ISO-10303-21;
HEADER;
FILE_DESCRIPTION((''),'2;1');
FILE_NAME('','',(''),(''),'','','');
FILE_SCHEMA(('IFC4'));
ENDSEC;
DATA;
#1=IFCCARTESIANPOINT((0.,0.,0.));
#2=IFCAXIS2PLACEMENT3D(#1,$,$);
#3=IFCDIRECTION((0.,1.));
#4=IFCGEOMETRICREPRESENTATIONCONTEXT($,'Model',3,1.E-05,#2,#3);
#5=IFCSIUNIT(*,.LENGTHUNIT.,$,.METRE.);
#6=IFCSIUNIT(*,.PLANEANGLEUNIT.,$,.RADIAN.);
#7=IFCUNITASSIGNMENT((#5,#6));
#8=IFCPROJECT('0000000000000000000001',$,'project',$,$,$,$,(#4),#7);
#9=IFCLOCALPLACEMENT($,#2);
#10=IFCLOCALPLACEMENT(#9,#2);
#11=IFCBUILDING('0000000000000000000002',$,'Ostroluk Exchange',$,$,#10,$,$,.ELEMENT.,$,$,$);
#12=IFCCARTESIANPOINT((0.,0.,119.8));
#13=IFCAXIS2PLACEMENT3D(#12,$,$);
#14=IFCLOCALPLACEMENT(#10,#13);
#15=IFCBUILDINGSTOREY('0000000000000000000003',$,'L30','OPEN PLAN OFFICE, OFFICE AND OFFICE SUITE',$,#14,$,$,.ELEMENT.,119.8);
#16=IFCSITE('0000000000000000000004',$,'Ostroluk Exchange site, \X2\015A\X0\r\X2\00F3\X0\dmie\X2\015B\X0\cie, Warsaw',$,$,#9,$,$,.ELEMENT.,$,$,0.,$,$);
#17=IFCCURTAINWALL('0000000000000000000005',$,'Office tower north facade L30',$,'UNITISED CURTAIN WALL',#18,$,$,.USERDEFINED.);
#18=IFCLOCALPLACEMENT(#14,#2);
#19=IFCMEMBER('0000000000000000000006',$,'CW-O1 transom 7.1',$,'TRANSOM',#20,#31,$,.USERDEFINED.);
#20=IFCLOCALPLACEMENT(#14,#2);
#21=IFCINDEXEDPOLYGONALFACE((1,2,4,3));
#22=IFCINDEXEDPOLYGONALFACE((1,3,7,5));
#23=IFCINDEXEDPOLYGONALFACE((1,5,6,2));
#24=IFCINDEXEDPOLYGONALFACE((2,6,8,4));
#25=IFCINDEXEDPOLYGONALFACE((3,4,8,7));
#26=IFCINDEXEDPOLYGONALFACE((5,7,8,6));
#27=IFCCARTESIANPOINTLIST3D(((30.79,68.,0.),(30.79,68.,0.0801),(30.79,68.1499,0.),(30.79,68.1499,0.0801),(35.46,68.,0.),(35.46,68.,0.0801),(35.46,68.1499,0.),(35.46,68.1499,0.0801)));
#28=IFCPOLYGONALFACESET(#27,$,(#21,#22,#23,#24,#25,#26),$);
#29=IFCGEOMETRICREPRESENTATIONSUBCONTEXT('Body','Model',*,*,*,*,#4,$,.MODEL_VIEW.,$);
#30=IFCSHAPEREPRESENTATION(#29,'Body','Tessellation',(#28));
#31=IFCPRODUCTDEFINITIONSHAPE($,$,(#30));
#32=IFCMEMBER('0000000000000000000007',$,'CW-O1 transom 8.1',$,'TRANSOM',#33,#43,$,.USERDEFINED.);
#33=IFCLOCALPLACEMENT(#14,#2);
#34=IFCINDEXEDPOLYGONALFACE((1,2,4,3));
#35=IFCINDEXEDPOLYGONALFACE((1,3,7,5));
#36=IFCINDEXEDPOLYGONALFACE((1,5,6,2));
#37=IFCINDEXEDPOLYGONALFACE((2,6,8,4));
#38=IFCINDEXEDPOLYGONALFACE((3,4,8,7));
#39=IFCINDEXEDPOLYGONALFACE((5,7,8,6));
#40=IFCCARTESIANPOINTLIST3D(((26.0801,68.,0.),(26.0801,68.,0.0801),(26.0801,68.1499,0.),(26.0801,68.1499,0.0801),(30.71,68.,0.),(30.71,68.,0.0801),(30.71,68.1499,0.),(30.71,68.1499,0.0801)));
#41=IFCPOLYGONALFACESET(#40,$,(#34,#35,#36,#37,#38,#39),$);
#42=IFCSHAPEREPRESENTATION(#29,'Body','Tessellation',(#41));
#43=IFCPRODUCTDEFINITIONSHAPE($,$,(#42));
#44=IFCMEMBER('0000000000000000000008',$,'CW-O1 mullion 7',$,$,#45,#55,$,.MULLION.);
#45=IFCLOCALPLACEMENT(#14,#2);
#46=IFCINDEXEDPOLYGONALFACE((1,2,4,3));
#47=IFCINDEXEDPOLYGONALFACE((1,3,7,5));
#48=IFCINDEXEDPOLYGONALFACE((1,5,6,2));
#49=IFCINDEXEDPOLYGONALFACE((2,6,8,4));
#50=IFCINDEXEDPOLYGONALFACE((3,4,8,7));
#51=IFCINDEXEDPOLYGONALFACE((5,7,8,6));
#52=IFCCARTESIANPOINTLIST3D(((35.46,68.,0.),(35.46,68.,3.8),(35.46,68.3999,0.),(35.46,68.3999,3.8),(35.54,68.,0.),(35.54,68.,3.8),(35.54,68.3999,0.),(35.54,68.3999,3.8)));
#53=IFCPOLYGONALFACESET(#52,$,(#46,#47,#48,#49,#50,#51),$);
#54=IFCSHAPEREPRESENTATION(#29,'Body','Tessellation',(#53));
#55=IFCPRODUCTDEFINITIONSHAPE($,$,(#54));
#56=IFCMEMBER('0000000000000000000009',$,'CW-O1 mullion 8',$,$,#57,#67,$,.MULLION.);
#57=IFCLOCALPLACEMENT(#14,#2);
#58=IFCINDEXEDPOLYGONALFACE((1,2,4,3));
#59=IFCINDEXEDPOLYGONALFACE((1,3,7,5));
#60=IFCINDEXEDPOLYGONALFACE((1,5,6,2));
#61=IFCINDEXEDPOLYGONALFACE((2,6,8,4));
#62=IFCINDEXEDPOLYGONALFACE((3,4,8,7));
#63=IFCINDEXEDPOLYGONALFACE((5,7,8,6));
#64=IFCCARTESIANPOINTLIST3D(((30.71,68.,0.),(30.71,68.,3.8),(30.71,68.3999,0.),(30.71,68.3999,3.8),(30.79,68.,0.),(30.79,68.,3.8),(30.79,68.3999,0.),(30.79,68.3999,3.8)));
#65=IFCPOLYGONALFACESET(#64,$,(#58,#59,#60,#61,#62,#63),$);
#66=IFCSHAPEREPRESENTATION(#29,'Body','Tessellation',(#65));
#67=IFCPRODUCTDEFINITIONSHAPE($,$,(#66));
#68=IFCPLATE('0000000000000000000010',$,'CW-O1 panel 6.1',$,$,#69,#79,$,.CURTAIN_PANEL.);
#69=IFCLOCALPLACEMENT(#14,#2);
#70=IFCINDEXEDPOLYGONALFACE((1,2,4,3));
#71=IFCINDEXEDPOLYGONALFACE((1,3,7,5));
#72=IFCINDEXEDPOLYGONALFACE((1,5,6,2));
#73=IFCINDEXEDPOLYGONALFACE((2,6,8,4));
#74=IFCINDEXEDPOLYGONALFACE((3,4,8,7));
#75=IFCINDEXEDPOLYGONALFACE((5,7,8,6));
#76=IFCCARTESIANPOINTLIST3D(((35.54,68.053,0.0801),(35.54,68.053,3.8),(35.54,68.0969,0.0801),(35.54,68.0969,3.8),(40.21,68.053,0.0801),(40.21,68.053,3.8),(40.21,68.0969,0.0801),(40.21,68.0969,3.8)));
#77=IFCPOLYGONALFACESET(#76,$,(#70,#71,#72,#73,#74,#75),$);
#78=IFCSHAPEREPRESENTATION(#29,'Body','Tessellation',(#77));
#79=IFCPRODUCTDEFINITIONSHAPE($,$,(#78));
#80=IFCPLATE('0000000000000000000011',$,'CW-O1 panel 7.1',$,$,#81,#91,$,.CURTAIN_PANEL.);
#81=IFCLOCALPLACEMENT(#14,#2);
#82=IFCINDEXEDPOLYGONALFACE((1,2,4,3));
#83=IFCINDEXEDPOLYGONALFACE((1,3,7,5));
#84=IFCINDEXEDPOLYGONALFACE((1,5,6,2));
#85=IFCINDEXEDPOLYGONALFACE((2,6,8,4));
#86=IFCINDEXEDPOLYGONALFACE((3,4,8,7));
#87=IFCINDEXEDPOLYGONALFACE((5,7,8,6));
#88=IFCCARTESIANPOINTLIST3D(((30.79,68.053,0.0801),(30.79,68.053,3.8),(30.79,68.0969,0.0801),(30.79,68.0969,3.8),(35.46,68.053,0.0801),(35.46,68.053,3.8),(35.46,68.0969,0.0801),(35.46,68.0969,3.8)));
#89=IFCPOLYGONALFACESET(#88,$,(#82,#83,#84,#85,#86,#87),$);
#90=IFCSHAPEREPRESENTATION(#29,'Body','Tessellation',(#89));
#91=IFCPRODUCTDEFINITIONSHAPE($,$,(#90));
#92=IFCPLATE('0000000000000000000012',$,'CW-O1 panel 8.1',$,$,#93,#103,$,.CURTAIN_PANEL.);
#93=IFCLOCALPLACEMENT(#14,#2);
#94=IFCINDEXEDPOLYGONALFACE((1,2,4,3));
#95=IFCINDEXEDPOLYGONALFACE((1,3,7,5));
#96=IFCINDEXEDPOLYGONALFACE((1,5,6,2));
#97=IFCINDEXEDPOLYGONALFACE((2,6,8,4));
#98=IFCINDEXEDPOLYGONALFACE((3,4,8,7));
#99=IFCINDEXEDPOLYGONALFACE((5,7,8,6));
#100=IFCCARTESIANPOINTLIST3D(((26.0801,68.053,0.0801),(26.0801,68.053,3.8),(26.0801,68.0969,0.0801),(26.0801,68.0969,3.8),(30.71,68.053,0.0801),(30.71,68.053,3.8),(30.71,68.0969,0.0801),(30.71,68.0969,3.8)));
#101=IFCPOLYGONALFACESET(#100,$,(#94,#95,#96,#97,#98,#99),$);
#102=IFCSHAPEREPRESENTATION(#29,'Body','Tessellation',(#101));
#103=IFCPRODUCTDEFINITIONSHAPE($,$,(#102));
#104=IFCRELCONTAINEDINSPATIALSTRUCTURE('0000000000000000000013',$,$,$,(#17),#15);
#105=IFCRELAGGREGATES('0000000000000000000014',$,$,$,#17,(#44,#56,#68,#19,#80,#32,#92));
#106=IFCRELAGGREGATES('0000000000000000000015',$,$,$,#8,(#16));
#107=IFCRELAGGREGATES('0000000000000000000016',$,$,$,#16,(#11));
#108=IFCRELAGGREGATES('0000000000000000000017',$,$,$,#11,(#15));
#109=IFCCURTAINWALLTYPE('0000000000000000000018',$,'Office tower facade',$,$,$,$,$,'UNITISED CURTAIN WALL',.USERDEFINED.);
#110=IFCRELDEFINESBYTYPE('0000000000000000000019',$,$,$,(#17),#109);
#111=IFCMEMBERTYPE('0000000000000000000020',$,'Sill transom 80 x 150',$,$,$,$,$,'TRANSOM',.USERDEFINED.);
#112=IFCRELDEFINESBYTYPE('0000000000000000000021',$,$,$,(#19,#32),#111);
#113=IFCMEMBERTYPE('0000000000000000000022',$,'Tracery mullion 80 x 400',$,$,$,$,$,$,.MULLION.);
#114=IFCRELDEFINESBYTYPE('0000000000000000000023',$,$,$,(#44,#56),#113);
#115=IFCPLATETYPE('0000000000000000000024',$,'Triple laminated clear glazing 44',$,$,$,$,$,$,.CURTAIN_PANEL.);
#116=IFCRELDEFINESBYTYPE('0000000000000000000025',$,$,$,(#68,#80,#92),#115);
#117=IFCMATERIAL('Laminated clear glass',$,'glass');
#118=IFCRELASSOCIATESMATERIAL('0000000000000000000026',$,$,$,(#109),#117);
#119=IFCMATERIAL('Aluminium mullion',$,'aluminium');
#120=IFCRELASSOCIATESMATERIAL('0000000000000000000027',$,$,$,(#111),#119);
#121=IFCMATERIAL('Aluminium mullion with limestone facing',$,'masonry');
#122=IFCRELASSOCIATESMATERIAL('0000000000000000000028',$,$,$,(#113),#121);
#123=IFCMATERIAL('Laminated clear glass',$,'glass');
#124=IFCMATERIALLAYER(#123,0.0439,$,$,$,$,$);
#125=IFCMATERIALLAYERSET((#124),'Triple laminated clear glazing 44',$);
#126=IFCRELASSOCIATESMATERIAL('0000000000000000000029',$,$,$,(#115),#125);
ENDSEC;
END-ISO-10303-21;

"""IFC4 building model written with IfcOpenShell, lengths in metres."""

from ifc_helpers import new_model, si_unit, direction, frame, origin, origin_2d, place, context, subcontext, project, spatial, rectangle, extrude, material, layer, layer_set, material_profile, profile_set, type_object, element, aggregate, save


model = new_model("IFC4")

# Units and contexts
model_context = context("Model", 3, precision=1e-05, world=origin(), true_north=direction((0.0, 1.0)))
body_context = subcontext(model_context, "Body", "Model", "MODEL_VIEW")
ifc_project = project(units=[si_unit("LENGTHUNIT", "METRE"), si_unit("PLANEANGLEUNIT", "RADIAN")], contexts=[model_context])

# Site, building, storey
site_placement = place(None, origin())
site = spatial("IfcSite", under=ifc_project, at=site_placement, Name="Ostroluk Exchange site, Śródmieście, Warsaw", CompositionType="ELEMENT", RefElevation=0.0)
building_placement = place(site_placement, origin())
building = spatial("IfcBuilding", under=site, at=building_placement, Name="Ostroluk Exchange", CompositionType="ELEMENT")
storey_placement = place(building_placement, frame((0.0, 0.0, 119.8)))
storey = spatial("IfcBuildingStorey", under=building, at=storey_placement, Name="L30", Description="OPEN PLAN OFFICE, OFFICE AND OFFICE SUITE", CompositionType="ELEMENT", Elevation=119.8)

# Curtain wall, members, plates
ifc_material_1 = material(Name="Laminated clear glass", Category="glass")
curtain_wall_type = type_object("IfcCurtainWallType", Name="Office tower facade", ElementType="UNITISED CURTAIN WALL", PredefinedType="USERDEFINED", material=ifc_material_1)
curtain_wall_placement = place(storey_placement, origin())
curtain_wall = element("IfcCurtainWall", 1, at=curtain_wall_placement, inside=storey, type_object=curtain_wall_type, Name="Office tower north facade L30", ObjectType="UNITISED CURTAIN WALL", PredefinedType="USERDEFINED")
ifc_material_2 = material(Name="Aluminium mullion", Category="aluminium")
ifc_material_profile_1 = material_profile(ifc_material_2, rectangle(XDim=0.1499, YDim=0.0801, at=origin_2d()), Name="Sill transom 80 x 150")
ifc_profile_set_1 = profile_set([ifc_material_profile_1], Name="Aluminium mullion")
member_type_1 = type_object("IfcMemberType", Name="Sill transom 80 x 150", ElementType="TRANSOM", PredefinedType="USERDEFINED", material=ifc_profile_set_1)
member_1_placement = place(storey_placement, frame((35.46, 68.075, 0.04), z_axis=(-1.0, 0.0, 0.0), x_axis=(0.0, -1.0, 0.0)))
member_1 = element("IfcMember", 2, at=member_1_placement, type_object=member_type_1, Name="CW-O1 transom 7.1", ObjectType="TRANSOM", PredefinedType="USERDEFINED", context=body_context, shape_type="SweptSolid", body=[
    extrude(rectangle(XDim=0.1499, YDim=0.0801, at=origin_2d()), origin(), (0.0, 0.0, 1.0), 4.6699),
])
member_2_placement = place(storey_placement, frame((30.71, 68.075, 0.04), z_axis=(-1.0, 0.0, 0.0), x_axis=(0.0, -1.0, 0.0)))
member_2 = element("IfcMember", 3, at=member_2_placement, type_object=member_type_1, Name="CW-O1 transom 8.1", ObjectType="TRANSOM", PredefinedType="USERDEFINED", context=body_context, shape_type="SweptSolid", body=[
    extrude(rectangle(XDim=0.1499, YDim=0.0801, at=origin_2d()), origin(), (0.0, 0.0, 1.0), 4.6299),
])
ifc_material_3 = material(Name="Aluminium mullion with limestone facing", Category="masonry")
ifc_material_profile_2 = material_profile(ifc_material_3, rectangle(XDim=0.3999, YDim=0.0801, at=origin_2d()), Name="Tracery mullion 80 x 400")
ifc_profile_set_2 = profile_set([ifc_material_profile_2], Name="Aluminium mullion with limestone facing")
member_type_2 = type_object("IfcMemberType", Name="Tracery mullion 80 x 400", PredefinedType="MULLION", material=ifc_profile_set_2)
member_3_placement = place(storey_placement, frame((35.5, 68.2, 0.0), z_axis=(0.0, 0.0, 1.0), x_axis=(0.0, -1.0, 0.0)))
member_3 = element("IfcMember", 4, at=member_3_placement, type_object=member_type_2, Name="CW-O1 mullion 7", PredefinedType="MULLION", context=body_context, shape_type="SweptSolid", body=[
    extrude(rectangle(XDim=0.3999, YDim=0.0801, at=origin_2d()), origin(), (0.0, 0.0, 1.0), 3.8),
])
member_4_placement = place(storey_placement, frame((30.75, 68.2, 0.0), z_axis=(0.0, 0.0, 1.0), x_axis=(0.0, -1.0, 0.0)))
member_4 = element("IfcMember", 5, at=member_4_placement, type_object=member_type_2, Name="CW-O1 mullion 8", PredefinedType="MULLION", context=body_context, shape_type="SweptSolid", body=[
    extrude(rectangle(XDim=0.3999, YDim=0.0801, at=origin_2d()), origin(), (0.0, 0.0, 1.0), 3.8),
])
ifc_material_4 = material(Name="Laminated clear glass", Category="glass")
ifc_layer_1 = layer(ifc_material_4, 0.0439)
ifc_layer_set_1 = layer_set([ifc_layer_1], Name="Triple laminated clear glazing 44")
plate_type = type_object("IfcPlateType", Name="Triple laminated clear glazing 44", PredefinedType="CURTAIN_PANEL", material=ifc_layer_set_1)
plate_1_placement = place(storey_placement, frame((37.875, 68.075, 0.0801), z_axis=(0.0, 0.0, 1.0), x_axis=(-1.0, 0.0, 0.0)))
plate_1 = element("IfcPlate", 6, at=plate_1_placement, type_object=plate_type, Name="CW-O1 panel 6.1", PredefinedType="CURTAIN_PANEL", context=body_context, shape_type="SweptSolid", body=[
    extrude(rectangle(XDim=4.6699, YDim=0.0439, at=origin_2d()), origin(), (0.0, 0.0, 1.0), 3.72),
])
plate_2_placement = place(storey_placement, frame((33.125, 68.075, 0.0801), z_axis=(0.0, 0.0, 1.0), x_axis=(-1.0, 0.0, 0.0)))
plate_2 = element("IfcPlate", 7, at=plate_2_placement, type_object=plate_type, Name="CW-O1 panel 7.1", PredefinedType="CURTAIN_PANEL", context=body_context, shape_type="SweptSolid", body=[
    extrude(rectangle(XDim=4.6699, YDim=0.0439, at=origin_2d()), origin(), (0.0, 0.0, 1.0), 3.72),
])
plate_3_placement = place(storey_placement, frame((28.395, 68.075, 0.0801), z_axis=(0.0, 0.0, 1.0), x_axis=(-1.0, 0.0, 0.0)))
plate_3 = element("IfcPlate", 8, at=plate_3_placement, type_object=plate_type, Name="CW-O1 panel 8.1", PredefinedType="CURTAIN_PANEL", context=body_context, shape_type="SweptSolid", body=[
    extrude(rectangle(XDim=4.6299, YDim=0.0439, at=origin_2d()), origin(), (0.0, 0.0, 1.0), 3.72),
])
aggregate(curtain_wall, [member_3, member_4, plate_1, member_1, plate_2, member_2, plate_3])

save(model, "model.ifc")
